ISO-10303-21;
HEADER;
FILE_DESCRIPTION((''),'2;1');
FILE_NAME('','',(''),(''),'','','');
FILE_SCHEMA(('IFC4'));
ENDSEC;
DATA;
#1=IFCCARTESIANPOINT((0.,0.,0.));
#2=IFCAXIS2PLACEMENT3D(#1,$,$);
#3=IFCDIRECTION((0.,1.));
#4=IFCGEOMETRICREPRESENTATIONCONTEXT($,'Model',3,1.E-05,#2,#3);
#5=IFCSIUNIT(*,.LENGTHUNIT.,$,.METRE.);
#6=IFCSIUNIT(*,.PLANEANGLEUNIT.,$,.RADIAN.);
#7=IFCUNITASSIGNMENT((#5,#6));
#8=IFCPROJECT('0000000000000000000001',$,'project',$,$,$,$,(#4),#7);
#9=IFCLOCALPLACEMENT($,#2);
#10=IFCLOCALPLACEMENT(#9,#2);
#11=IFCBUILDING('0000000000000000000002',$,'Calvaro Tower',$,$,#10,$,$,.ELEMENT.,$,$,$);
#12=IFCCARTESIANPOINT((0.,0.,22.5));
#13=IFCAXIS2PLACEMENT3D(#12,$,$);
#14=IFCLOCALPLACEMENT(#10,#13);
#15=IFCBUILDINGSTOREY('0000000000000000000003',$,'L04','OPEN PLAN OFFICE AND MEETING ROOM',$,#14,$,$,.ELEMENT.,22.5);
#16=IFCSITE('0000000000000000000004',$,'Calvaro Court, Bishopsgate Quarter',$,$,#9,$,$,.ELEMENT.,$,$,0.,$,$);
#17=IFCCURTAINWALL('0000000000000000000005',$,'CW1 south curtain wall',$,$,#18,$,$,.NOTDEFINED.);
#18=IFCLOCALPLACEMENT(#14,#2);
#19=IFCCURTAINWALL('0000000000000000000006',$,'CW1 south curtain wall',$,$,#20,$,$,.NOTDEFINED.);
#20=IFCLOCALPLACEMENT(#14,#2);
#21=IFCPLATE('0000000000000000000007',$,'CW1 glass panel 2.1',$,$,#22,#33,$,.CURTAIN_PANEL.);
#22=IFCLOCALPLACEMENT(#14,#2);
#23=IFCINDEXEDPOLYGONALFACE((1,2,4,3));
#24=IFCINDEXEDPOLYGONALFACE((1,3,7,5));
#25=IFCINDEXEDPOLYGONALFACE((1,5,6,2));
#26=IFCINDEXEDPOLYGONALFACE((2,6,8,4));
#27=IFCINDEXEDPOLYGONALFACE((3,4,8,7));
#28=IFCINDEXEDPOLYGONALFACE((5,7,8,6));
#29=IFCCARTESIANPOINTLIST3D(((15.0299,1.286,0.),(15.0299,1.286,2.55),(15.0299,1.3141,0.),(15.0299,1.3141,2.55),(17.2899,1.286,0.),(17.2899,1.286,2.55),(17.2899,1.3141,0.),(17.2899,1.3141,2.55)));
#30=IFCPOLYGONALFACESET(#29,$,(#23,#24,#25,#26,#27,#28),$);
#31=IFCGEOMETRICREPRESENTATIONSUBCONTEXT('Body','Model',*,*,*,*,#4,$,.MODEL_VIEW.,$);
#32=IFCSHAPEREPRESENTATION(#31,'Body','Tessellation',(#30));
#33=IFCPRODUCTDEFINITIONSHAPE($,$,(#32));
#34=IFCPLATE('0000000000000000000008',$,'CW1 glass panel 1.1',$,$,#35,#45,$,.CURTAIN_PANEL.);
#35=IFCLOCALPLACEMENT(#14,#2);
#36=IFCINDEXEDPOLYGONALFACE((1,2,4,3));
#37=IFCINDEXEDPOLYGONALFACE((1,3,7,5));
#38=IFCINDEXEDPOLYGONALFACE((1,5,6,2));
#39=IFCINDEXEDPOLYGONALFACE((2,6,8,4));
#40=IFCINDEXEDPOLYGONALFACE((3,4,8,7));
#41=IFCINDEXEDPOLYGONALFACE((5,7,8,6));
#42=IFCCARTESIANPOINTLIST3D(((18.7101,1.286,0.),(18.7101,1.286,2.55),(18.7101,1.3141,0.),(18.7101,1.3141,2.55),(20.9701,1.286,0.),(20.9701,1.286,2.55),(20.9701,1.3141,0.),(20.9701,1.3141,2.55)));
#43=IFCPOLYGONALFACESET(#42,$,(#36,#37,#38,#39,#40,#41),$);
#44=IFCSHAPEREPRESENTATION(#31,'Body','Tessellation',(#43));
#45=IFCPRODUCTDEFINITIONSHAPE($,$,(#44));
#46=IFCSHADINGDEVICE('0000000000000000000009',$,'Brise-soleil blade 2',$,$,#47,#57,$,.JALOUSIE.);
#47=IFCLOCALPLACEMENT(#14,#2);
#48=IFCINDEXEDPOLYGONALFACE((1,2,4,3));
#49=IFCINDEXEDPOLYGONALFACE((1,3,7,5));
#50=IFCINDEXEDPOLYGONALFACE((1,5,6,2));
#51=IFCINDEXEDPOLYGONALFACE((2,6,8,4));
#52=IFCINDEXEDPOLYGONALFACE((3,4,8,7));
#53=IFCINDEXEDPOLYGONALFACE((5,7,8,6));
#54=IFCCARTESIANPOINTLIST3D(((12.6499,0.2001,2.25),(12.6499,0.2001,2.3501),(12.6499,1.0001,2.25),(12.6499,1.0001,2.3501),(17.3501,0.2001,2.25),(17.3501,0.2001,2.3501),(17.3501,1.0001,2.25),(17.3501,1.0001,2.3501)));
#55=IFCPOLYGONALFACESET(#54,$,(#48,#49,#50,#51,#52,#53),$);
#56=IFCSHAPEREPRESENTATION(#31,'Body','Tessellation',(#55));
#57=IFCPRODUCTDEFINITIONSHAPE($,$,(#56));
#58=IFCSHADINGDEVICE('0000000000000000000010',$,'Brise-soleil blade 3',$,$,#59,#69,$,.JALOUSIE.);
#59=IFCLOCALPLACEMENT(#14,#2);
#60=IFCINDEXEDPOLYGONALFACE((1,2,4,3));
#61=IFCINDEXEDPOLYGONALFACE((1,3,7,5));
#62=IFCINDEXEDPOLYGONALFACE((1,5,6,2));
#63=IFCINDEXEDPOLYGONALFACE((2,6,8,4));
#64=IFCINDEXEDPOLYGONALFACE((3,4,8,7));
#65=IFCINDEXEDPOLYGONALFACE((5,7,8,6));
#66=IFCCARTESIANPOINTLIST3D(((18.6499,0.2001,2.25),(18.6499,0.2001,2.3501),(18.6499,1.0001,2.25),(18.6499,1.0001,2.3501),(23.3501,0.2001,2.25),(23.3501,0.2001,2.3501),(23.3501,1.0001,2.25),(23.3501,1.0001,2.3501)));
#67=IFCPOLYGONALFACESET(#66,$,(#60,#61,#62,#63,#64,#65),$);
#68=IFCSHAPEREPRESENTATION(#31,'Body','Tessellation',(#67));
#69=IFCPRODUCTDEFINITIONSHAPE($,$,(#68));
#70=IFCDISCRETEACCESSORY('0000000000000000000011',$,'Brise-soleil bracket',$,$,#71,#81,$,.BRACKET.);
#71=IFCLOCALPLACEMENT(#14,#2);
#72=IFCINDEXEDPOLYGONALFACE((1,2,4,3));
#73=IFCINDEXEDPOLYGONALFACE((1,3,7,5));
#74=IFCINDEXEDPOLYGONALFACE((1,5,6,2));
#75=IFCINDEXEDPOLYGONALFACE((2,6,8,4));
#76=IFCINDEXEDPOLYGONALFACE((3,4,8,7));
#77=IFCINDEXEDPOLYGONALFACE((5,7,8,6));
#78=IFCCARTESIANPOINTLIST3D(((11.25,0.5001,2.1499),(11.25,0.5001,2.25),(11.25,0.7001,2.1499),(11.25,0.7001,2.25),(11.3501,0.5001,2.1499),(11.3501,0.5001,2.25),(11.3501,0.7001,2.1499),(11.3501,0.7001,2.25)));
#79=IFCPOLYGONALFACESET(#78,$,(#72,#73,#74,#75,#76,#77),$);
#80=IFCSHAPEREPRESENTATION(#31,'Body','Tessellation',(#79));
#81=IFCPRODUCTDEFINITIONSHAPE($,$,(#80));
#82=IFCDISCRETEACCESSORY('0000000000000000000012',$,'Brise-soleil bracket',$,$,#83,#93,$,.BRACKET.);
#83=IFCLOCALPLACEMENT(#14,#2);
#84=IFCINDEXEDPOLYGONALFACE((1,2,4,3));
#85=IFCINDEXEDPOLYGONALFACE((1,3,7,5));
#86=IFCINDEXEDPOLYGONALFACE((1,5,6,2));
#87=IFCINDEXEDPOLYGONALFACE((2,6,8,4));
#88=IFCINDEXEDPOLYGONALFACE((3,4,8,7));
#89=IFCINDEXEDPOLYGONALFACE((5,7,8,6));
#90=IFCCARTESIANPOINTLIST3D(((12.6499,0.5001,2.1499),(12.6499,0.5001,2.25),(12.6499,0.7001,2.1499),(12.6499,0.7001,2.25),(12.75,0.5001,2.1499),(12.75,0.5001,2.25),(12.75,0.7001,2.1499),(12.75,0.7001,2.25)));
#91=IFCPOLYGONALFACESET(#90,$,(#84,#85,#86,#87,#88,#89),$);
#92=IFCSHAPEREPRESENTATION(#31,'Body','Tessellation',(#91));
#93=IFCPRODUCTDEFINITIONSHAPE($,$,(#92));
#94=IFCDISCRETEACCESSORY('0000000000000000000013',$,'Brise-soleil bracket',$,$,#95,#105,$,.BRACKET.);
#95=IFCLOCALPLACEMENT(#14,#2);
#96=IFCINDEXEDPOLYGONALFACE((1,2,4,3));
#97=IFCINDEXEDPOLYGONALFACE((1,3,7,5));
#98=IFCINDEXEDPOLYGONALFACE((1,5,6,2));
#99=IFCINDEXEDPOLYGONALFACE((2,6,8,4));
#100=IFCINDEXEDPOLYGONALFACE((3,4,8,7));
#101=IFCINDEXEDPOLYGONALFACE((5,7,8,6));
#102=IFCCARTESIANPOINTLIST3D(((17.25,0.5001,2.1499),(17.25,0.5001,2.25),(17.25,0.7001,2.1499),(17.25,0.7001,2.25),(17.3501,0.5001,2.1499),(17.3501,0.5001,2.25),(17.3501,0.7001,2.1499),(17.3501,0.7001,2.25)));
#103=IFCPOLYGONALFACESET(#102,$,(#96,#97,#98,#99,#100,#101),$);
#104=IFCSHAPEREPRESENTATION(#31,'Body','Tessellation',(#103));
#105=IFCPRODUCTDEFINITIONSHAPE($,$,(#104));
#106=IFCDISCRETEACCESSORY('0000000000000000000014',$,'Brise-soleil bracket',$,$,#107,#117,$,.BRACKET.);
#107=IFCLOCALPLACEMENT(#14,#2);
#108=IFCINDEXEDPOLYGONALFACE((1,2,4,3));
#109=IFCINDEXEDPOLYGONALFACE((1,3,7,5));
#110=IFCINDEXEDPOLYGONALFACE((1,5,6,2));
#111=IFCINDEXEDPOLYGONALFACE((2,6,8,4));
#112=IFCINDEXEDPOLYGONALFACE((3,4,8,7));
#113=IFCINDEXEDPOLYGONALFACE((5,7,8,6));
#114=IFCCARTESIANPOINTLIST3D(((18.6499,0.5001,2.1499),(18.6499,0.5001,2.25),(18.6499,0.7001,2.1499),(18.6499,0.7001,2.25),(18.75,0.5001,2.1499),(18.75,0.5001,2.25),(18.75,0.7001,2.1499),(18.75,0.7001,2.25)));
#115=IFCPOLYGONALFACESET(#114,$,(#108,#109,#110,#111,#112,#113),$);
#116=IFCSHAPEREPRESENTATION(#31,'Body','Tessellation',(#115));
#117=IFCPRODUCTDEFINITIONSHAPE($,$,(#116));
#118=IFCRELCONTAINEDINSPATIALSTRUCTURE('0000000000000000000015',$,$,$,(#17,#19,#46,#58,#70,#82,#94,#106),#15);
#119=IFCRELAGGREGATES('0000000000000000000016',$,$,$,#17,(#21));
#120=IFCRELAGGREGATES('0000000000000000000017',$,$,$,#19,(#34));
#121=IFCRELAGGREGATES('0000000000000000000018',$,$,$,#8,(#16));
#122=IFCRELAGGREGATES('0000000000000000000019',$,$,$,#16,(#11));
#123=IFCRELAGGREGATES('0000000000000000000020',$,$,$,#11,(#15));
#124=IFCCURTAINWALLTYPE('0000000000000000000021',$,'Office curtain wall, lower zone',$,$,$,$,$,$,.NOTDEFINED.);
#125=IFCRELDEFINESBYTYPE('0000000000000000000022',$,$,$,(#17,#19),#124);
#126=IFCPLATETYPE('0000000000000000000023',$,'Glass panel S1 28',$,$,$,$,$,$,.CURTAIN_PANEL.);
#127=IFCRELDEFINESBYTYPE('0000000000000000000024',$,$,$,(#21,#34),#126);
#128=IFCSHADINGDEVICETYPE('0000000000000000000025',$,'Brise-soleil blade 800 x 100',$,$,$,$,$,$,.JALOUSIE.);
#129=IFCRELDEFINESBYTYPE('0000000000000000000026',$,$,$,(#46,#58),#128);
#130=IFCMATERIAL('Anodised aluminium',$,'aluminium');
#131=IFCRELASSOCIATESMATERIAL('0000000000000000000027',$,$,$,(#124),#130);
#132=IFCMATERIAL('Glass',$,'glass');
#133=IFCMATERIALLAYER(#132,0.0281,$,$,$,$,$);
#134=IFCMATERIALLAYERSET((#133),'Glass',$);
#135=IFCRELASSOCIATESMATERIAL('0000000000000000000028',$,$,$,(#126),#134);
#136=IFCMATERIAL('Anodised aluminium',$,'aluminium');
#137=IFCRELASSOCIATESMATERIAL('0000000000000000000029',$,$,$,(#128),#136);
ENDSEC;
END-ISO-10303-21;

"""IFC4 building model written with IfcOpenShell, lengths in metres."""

from ifc_helpers import new_model, si_unit, direction, frame, origin, origin_2d, place, context, subcontext, project, spatial, rectangle, extrude, material, layer, layer_set, material_profile, profile_set, type_object, element, aggregate, save


model = new_model("IFC4")

# Units and contexts
model_context = context("Model", 3, precision=1e-05, world=origin(), true_north=direction((0.0, 1.0)))
body_context = subcontext(model_context, "Body", "Model", "MODEL_VIEW")
ifc_project = project(units=[si_unit("LENGTHUNIT", "METRE"), si_unit("PLANEANGLEUNIT", "RADIAN")], contexts=[model_context])

# Site, building, storey
site_placement = place(None, origin())
site = spatial("IfcSite", under=ifc_project, at=site_placement, Name="Calvaro Court, Bishopsgate Quarter", CompositionType="ELEMENT", RefElevation=0.0)
building_placement = place(site_placement, origin())
building = spatial("IfcBuilding", under=site, at=building_placement, Name="Calvaro Tower", CompositionType="ELEMENT")
storey_placement = place(building_placement, frame((0.0, 0.0, 22.5)))
storey = spatial("IfcBuildingStorey", under=building, at=storey_placement, Name="L04", Description="OPEN PLAN OFFICE AND MEETING ROOM", CompositionType="ELEMENT", Elevation=22.5)

# Shared definitions
ifc_material_1 = material(Name="Anodised aluminium", Category="aluminium")
curtain_wall_type = type_object("IfcCurtainWallType", Name="Office curtain wall, lower zone", PredefinedType="NOTDEFINED", material=ifc_material_1)

# Curtain wall
curtain_wall_1_placement = place(storey_placement, origin())
curtain_wall_1 = element("IfcCurtainWall", 1, at=curtain_wall_1_placement, inside=storey, type_object=curtain_wall_type, Name="CW1 south curtain wall", PredefinedType="NOTDEFINED")

# Curtain wall
curtain_wall_2_placement = place(storey_placement, origin())
curtain_wall_2 = element("IfcCurtainWall", 2, at=curtain_wall_2_placement, inside=storey, type_object=curtain_wall_type, Name="CW1 south curtain wall", PredefinedType="NOTDEFINED")

# Plates
ifc_material_2 = material(Name="Glass", Category="glass")
ifc_layer = layer(ifc_material_2, 0.0281)
ifc_layer_set = layer_set([ifc_layer], Name="Glass")
plate_type = type_object("IfcPlateType", Name="Glass panel S1 28", PredefinedType="CURTAIN_PANEL", material=ifc_layer_set)
plate_1_placement = place(storey_placement, frame((16.1599, 1.3, 0.0), z_axis=(0.0, 0.0, 1.0), x_axis=(1.0, 0.0, 0.0)))
plate_1 = element("IfcPlate", 3, at=plate_1_placement, type_object=plate_type, Name="CW1 glass panel 2.1", PredefinedType="CURTAIN_PANEL", context=body_context, shape_type="SweptSolid", body=[
    extrude(rectangle(XDim=2.26, YDim=0.0281, at=origin_2d()), origin(), (0.0, 0.0, 1.0), 2.55),
])
aggregate(curtain_wall_1, [plate_1])
plate_2_placement = place(storey_placement, frame((19.8401, 1.3, 0.0), z_axis=(0.0, 0.0, 1.0), x_axis=(1.0, 0.0, 0.0)))
plate_2 = element("IfcPlate", 4, at=plate_2_placement, type_object=plate_type, Name="CW1 glass panel 1.1", PredefinedType="CURTAIN_PANEL", context=body_context, shape_type="SweptSolid", body=[
    extrude(rectangle(XDim=2.26, YDim=0.0281, at=origin_2d()), origin(), (0.0, 0.0, 1.0), 2.55),
])
aggregate(curtain_wall_2, [plate_2])

# Shading devices
ifc_material_3 = material(Name="Anodised aluminium", Category="aluminium")
ifc_material_profile_1 = material_profile(ifc_material_3, rectangle(XDim=0.8, YDim=0.1001, at=origin_2d()), Name="Brise-soleil blade 800 x 100")
ifc_profile_set_1 = profile_set([ifc_material_profile_1], Name="Anodised aluminium")
shading_device_type = type_object("IfcShadingDeviceType", Name="Brise-soleil blade 800 x 100", PredefinedType="JALOUSIE", material=ifc_profile_set_1)
for number, where, z_axis, x_axis, name in (
    (5, (12.6499, 0.6001, 2.3), (1.0, 0.0, 0.0), (0.0, 1.0, 0.0), "Brise-soleil blade 2"),
    (6, (18.6499, 0.6001, 2.3), (1.0, 0.0, 0.0), (0.0, 1.0, 0.0), "Brise-soleil blade 3"),
):
    element("IfcShadingDevice", number, at=place(storey_placement, frame(where, z_axis=z_axis, x_axis=x_axis)), inside=storey, type_object=shading_device_type, Name=name, PredefinedType="JALOUSIE", context=body_context, shape_type="SweptSolid", body=[
        extrude(rectangle(XDim=0.8, YDim=0.1001, at=origin_2d()), origin(), (0.0, 0.0, 1.0), 4.7002),
    ])

# Discrete accessories
for number, where, z_axis, x_axis, name in (
    (7, (11.3, 0.6001, 2.1499), (0.0, 0.0, 1.0), (1.0, 0.0, 0.0), "Brise-soleil bracket"),
    (8, (12.7, 0.6001, 2.1499), (0.0, 0.0, 1.0), (1.0, 0.0, 0.0), "Brise-soleil bracket"),
    (9, (17.3, 0.6001, 2.1499), (0.0, 0.0, 1.0), (1.0, 0.0, 0.0), "Brise-soleil bracket"),
    (10, (18.7, 0.6001, 2.1499), (0.0, 0.0, 1.0), (1.0, 0.0, 0.0), "Brise-soleil bracket"),
):
    element("IfcDiscreteAccessory", number, at=place(storey_placement, frame(where, z_axis=z_axis, x_axis=x_axis)), inside=storey, Name=name, PredefinedType="BRACKET", context=body_context, shape_type="SweptSolid", body=[
        extrude(rectangle(XDim=0.1001, YDim=0.2, at=origin_2d()), origin(), (0.0, 0.0, 1.0), 0.1001),
    ])

save(model, "model.ifc")
